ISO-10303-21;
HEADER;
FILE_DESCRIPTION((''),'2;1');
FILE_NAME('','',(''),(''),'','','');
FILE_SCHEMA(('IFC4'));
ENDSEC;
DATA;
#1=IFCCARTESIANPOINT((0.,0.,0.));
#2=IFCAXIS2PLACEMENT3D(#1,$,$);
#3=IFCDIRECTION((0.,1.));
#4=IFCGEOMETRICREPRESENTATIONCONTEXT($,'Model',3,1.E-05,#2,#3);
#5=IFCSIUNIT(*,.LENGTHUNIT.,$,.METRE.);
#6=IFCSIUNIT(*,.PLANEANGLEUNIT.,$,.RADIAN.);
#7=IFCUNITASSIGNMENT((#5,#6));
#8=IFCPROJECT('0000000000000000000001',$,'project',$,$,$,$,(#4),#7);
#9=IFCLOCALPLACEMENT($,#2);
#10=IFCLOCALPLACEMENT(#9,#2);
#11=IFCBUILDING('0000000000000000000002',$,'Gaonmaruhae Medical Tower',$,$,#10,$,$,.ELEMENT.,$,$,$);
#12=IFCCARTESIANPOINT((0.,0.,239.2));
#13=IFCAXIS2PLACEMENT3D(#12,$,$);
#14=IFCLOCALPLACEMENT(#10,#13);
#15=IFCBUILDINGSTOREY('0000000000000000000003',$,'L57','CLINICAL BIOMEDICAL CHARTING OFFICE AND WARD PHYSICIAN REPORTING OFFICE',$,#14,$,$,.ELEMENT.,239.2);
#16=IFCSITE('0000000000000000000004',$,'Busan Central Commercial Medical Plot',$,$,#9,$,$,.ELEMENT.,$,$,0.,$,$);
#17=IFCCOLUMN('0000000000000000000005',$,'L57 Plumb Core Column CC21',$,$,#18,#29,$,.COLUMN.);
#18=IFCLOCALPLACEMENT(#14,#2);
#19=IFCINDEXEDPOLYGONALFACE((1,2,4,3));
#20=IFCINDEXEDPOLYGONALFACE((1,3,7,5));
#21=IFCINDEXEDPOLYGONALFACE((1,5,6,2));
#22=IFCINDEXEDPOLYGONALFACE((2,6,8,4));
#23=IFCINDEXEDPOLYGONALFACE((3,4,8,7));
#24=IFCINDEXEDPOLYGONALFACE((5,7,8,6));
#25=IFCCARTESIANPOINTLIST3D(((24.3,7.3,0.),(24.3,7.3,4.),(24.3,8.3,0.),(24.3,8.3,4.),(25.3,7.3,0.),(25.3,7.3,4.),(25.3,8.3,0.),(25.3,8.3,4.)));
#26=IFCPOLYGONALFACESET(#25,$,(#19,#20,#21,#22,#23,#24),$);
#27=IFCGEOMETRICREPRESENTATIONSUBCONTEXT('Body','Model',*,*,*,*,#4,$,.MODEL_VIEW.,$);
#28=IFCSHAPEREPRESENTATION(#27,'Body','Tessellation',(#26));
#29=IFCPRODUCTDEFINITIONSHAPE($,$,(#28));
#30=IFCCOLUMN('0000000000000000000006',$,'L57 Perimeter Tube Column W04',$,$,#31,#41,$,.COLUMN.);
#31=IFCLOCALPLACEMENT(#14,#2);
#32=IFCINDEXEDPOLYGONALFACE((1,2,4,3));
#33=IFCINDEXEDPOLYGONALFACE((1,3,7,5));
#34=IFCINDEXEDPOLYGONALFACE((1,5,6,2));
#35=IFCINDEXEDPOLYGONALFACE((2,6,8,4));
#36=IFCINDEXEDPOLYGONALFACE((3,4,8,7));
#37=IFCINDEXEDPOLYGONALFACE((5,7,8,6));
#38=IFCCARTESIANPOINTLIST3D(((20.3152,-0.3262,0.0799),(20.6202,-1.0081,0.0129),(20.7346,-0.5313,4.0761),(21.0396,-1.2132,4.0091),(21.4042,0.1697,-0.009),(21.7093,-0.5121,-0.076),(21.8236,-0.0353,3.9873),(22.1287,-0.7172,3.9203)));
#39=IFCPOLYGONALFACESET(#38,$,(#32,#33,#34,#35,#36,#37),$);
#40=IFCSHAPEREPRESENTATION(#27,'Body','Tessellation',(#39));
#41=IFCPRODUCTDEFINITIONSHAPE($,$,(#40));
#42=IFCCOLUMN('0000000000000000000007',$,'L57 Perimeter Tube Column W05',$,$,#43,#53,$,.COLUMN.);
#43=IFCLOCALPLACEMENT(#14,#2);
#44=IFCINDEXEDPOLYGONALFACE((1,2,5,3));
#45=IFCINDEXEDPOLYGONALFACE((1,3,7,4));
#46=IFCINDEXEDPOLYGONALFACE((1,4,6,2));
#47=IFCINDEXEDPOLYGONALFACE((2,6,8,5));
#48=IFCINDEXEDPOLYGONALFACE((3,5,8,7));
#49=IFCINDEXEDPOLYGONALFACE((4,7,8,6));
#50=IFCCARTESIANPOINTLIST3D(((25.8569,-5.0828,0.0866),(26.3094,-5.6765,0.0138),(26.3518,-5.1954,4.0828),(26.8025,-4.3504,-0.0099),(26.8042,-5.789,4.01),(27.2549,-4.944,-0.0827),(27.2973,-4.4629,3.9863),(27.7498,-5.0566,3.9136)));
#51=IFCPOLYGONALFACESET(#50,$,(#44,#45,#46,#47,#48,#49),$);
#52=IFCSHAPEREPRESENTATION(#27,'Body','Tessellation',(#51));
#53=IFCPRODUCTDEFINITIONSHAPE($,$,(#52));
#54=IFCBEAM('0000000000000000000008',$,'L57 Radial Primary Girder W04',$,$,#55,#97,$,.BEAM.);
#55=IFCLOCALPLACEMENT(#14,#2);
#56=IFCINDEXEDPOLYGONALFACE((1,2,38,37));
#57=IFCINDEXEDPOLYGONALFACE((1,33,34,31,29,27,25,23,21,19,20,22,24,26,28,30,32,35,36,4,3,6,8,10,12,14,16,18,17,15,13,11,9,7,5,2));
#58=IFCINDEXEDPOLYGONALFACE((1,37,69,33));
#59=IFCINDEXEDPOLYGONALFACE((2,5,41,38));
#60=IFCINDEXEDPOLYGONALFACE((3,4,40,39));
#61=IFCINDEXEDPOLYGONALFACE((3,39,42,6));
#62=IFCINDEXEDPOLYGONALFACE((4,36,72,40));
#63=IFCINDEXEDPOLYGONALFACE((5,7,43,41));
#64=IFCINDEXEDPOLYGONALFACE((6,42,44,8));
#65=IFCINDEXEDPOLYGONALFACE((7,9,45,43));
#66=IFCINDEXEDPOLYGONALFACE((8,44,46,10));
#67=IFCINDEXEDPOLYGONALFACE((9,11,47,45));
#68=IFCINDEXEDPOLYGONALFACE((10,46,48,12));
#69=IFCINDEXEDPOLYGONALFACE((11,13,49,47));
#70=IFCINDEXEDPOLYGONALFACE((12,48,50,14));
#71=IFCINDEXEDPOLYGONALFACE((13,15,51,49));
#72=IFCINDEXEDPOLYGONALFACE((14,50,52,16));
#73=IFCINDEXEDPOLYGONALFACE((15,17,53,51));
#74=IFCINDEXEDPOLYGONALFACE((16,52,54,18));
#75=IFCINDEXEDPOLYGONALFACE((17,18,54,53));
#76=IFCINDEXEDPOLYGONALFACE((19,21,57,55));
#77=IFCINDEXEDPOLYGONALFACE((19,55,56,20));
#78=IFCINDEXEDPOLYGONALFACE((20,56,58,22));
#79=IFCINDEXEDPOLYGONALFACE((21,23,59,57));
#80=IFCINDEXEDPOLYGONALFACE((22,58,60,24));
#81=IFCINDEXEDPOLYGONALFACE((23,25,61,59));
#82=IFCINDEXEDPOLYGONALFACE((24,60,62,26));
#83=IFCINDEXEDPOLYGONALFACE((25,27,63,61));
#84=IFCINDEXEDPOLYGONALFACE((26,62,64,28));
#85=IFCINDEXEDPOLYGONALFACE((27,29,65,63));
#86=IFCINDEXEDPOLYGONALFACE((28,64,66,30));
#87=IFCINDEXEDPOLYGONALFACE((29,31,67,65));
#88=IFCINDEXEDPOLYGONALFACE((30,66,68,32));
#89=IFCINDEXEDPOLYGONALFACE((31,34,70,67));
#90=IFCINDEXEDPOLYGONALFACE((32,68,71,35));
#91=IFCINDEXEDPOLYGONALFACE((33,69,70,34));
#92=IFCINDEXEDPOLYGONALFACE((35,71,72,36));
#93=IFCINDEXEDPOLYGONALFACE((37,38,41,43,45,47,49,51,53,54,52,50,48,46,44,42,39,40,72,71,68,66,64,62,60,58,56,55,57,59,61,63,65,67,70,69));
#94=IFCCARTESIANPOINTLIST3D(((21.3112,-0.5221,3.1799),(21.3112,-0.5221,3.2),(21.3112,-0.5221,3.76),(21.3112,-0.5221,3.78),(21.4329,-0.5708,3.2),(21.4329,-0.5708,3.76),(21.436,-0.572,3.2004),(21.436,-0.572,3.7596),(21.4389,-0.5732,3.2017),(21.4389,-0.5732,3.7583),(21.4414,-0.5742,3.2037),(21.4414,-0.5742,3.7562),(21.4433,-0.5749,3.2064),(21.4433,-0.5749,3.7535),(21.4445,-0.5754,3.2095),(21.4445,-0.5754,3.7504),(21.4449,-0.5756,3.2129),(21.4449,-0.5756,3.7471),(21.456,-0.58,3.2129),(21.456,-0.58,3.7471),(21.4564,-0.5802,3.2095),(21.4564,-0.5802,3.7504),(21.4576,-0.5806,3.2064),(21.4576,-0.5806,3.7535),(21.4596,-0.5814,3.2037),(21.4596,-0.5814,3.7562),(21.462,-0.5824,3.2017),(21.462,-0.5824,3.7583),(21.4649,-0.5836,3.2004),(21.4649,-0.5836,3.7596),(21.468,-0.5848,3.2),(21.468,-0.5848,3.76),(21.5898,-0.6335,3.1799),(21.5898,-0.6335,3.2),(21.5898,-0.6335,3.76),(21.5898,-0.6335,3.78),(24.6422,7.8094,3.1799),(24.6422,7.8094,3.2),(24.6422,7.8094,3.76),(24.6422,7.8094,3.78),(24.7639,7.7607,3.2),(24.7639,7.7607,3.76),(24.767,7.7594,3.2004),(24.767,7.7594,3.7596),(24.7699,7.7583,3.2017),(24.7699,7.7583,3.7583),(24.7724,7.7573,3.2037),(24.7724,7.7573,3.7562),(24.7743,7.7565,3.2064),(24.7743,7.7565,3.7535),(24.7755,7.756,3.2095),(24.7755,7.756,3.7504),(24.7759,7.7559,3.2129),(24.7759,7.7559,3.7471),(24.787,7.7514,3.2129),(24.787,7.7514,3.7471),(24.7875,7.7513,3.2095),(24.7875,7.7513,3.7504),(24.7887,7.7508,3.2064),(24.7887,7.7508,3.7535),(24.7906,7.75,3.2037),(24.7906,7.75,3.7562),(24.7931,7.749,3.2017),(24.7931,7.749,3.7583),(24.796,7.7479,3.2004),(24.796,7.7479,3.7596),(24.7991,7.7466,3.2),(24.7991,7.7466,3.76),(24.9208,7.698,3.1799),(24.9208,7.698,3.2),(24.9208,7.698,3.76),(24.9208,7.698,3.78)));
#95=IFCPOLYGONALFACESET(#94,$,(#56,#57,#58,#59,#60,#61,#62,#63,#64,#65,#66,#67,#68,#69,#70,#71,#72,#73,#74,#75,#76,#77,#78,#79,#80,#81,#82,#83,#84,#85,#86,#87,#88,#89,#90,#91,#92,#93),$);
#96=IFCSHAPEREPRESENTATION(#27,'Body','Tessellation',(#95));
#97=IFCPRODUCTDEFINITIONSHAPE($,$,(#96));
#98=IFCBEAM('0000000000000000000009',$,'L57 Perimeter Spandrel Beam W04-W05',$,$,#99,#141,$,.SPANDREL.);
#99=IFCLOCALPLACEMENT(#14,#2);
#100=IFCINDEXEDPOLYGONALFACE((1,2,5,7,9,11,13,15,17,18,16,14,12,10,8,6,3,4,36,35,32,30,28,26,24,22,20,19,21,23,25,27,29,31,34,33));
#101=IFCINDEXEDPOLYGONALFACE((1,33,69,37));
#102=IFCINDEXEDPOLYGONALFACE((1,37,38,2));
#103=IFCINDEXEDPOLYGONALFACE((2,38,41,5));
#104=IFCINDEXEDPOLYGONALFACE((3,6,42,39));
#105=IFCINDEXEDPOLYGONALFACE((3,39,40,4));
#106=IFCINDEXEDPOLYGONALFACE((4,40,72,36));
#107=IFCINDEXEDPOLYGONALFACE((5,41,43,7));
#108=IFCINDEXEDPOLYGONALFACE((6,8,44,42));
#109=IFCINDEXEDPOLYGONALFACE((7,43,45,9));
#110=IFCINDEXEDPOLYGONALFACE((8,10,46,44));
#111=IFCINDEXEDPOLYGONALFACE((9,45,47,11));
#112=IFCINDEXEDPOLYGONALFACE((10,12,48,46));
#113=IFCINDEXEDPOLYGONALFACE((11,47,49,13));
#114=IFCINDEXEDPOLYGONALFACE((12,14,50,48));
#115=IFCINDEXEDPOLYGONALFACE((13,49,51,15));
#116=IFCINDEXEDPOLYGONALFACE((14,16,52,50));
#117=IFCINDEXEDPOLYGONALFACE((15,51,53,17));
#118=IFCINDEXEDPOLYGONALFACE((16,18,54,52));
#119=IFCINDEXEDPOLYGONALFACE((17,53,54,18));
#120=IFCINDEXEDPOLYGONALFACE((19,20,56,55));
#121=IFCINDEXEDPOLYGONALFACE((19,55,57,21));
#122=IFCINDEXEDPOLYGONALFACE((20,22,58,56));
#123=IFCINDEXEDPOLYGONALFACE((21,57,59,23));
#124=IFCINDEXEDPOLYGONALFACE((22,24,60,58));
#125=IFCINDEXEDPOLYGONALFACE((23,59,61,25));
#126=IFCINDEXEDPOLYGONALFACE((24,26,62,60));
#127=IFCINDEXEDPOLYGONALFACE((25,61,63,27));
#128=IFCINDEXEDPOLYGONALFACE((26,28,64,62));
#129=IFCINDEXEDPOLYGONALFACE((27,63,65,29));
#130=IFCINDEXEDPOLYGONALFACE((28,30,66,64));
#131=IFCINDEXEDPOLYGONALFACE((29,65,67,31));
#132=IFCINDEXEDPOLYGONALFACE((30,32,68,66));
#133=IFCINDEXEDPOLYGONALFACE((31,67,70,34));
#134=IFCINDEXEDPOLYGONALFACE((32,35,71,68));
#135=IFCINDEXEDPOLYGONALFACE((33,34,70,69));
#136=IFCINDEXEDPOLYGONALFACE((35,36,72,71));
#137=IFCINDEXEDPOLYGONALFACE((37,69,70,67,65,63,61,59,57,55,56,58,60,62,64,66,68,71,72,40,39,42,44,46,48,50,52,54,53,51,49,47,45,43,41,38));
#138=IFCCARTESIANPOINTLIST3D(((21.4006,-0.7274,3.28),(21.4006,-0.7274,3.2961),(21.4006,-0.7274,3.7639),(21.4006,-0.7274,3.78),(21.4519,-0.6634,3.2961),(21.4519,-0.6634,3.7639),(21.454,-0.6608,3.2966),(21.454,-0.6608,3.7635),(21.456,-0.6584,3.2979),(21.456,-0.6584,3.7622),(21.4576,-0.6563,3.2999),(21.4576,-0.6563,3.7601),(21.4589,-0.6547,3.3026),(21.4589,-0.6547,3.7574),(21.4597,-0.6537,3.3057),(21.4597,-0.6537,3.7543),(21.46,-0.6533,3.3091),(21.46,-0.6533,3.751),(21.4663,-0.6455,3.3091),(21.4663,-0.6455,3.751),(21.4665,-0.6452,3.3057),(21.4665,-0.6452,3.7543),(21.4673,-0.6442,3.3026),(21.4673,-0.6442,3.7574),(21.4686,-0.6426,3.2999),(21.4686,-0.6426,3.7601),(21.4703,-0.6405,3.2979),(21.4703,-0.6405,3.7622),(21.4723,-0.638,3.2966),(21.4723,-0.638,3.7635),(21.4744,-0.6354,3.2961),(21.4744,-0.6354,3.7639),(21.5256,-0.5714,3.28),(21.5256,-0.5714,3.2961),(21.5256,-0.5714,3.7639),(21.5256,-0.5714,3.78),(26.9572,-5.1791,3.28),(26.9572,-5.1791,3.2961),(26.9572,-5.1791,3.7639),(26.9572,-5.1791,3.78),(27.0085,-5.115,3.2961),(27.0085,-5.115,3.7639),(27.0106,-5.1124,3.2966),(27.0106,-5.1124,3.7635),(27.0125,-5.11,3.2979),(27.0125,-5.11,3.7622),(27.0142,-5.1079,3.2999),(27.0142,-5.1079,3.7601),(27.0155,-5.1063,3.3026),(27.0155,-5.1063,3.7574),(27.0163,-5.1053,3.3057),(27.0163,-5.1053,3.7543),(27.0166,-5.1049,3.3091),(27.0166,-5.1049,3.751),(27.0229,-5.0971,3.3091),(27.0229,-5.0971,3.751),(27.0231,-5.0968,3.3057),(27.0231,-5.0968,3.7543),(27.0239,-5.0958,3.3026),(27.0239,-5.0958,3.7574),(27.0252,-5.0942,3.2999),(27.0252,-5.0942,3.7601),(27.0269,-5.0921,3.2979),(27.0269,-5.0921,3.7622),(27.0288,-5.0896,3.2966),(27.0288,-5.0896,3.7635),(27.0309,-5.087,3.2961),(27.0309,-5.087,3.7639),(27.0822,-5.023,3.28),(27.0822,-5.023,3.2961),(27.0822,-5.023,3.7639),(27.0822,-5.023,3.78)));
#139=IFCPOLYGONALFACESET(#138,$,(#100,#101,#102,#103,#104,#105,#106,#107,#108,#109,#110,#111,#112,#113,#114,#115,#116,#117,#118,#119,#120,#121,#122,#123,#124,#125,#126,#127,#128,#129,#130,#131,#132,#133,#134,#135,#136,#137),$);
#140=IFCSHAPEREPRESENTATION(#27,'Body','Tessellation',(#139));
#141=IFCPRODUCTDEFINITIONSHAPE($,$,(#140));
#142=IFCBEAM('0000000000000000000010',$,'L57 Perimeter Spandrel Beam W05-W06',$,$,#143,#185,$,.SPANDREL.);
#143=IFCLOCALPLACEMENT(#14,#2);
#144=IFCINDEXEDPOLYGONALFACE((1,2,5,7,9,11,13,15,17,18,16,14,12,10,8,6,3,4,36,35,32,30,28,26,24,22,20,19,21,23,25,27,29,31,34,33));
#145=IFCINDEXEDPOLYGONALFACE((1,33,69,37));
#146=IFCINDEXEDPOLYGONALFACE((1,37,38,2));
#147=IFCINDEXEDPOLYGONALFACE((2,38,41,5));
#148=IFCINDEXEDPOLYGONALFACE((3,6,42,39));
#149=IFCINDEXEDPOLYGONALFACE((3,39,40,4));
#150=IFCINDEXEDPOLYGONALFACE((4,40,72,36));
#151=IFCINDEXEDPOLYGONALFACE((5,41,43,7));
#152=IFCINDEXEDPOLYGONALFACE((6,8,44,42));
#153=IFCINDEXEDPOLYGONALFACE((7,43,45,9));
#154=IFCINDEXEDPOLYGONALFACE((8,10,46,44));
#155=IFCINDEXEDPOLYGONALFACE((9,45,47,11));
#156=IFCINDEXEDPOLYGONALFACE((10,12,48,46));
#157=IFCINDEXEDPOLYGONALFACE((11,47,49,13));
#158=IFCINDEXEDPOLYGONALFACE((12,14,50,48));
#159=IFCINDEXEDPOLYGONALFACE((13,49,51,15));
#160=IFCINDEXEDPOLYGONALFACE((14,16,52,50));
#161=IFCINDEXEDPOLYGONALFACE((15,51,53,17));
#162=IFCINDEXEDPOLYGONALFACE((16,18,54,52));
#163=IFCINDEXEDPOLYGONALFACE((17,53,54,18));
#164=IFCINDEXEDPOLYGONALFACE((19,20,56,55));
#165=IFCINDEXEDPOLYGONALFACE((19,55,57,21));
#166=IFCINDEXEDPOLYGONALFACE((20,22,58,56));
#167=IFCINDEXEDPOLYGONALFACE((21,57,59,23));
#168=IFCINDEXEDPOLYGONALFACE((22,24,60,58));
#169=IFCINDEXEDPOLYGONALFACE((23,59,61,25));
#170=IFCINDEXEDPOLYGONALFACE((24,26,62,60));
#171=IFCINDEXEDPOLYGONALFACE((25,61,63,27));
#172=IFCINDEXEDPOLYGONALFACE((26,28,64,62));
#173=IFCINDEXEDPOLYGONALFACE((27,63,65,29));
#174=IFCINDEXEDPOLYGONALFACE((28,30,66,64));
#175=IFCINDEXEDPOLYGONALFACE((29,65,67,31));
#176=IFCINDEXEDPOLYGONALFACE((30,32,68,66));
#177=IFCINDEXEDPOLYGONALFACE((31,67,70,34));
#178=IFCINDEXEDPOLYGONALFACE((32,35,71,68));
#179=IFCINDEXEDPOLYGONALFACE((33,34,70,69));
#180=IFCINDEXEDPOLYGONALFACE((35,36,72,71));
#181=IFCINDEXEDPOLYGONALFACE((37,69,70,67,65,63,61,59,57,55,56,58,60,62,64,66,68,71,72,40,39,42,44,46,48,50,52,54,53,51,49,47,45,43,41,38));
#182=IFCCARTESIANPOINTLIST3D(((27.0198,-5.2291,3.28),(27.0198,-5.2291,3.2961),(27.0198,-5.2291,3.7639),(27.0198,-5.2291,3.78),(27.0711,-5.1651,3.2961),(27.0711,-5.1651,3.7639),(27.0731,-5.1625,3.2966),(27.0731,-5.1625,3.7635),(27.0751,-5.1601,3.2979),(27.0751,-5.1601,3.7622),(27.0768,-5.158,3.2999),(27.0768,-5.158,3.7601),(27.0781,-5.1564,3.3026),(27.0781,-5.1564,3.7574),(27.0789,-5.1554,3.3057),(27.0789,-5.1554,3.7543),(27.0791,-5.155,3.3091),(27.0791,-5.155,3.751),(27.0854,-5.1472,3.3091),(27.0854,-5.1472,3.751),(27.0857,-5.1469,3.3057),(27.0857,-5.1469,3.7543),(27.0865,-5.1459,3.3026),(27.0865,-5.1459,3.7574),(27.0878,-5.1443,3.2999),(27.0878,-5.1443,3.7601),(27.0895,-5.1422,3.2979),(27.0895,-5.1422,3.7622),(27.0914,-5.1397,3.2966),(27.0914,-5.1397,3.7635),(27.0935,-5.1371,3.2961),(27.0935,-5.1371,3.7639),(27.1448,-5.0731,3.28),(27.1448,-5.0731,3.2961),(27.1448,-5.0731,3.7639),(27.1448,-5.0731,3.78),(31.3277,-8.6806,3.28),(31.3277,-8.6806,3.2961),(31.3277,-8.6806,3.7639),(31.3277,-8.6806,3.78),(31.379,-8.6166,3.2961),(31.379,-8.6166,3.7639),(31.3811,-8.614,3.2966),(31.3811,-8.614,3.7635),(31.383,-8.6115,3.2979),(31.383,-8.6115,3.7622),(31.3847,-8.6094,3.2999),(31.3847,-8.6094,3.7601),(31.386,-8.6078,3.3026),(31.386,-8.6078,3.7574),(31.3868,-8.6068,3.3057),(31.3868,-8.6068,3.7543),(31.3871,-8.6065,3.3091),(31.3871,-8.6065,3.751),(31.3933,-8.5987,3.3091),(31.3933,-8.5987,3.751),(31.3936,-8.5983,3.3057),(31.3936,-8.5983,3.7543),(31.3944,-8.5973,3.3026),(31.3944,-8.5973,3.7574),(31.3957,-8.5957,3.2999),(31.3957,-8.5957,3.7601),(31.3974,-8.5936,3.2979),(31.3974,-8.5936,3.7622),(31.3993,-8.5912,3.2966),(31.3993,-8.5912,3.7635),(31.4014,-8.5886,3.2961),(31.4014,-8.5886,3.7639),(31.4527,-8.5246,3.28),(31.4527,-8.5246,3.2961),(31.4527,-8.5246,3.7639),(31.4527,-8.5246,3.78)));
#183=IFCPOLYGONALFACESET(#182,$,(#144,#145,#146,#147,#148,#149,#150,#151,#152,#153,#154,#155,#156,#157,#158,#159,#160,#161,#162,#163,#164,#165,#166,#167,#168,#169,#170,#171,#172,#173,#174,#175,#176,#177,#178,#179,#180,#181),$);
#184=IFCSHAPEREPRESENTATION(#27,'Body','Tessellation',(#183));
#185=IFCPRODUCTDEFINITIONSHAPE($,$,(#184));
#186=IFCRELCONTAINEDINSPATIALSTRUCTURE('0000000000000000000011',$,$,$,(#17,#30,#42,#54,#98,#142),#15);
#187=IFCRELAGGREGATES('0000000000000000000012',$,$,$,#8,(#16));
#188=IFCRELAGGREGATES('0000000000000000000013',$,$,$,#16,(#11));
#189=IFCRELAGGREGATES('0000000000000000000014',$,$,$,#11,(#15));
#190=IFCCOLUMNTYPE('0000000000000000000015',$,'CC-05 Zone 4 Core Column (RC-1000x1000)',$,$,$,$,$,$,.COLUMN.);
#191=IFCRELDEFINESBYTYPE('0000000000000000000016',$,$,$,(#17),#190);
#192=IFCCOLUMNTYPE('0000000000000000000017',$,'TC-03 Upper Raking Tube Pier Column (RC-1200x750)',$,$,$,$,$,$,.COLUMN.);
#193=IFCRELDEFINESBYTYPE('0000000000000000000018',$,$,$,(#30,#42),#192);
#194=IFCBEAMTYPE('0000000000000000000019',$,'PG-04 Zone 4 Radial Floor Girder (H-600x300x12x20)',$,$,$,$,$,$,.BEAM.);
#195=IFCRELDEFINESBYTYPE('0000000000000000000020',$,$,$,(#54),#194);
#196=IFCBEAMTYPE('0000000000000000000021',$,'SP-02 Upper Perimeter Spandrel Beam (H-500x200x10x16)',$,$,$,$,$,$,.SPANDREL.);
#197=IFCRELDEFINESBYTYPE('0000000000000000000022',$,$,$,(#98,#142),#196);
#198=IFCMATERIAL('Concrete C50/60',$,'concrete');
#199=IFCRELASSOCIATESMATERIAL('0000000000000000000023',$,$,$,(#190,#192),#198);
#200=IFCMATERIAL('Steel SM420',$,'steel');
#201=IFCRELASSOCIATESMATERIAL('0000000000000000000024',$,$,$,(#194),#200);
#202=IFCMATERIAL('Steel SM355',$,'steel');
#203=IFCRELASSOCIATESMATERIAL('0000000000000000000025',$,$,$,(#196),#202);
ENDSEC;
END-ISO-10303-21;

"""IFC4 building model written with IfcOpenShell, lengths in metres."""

from ifc_helpers import new_model, si_unit, direction, frame, origin, origin_2d, place, context, subcontext, project, spatial, rectangle, i_section, extrude, material, material_profile, profile_set, type_object, element, save


model = new_model("IFC4")

# Units and contexts
model_context = context("Model", 3, precision=1e-05, world=origin(), true_north=direction((0.0, 1.0)))
body_context = subcontext(model_context, "Body", "Model", "MODEL_VIEW")
ifc_project = project(units=[si_unit("LENGTHUNIT", "METRE"), si_unit("PLANEANGLEUNIT", "RADIAN")], contexts=[model_context])

# Site, building, storey
site_placement = place(None, origin())
site = spatial("IfcSite", under=ifc_project, at=site_placement, Name="Busan Central Commercial Medical Plot", CompositionType="ELEMENT", RefElevation=0.0)
building_placement = place(site_placement, origin())
building = spatial("IfcBuilding", under=site, at=building_placement, Name="Gaonmaruhae Medical Tower", CompositionType="ELEMENT")
storey_placement = place(building_placement, frame((0.0, 0.0, 239.2)))
storey = spatial("IfcBuildingStorey", under=building, at=storey_placement, Name="L57", Description="CLINICAL BIOMEDICAL CHARTING OFFICE AND WARD PHYSICIAN REPORTING OFFICE", CompositionType="ELEMENT", Elevation=239.2)

# Columns
ifc_material_1 = material(Name="Concrete C50/60", Category="concrete")
ifc_material_profile_1 = material_profile(ifc_material_1, rectangle(XDim=1.0, YDim=1.0, at=origin_2d()), Name="RC-1000x1000")
ifc_profile_set_1 = profile_set([ifc_material_profile_1], Name="Concrete C50/60")
column_type_1 = type_object("IfcColumnType", Name="CC-05 Zone 4 Core Column (RC-1000x1000)", PredefinedType="COLUMN", material=ifc_profile_set_1)
column_1_placement = place(storey_placement, frame((24.8, 7.8, 0.0), z_axis=(0.0, 0.0, 1.0), x_axis=(1.0, 0.0, 0.0)))
element("IfcColumn", 1, at=column_1_placement, inside=storey, type_object=column_type_1, Name="L57 Plumb Core Column CC21", PredefinedType="COLUMN", context=body_context, shape_type="SweptSolid", body=[
    extrude(rectangle(XDim=1.0, YDim=1.0, at=origin_2d()), origin(), (0.0, 0.0, 1.0), 4.0),
])
ifc_material_profile_2 = material_profile(ifc_material_1, rectangle(XDim=1.2, YDim=0.75, at=origin_2d()), Name="RC-1200x750")
ifc_profile_set_2 = profile_set([ifc_material_profile_2], Name="Concrete C50/60")
column_type_2 = type_object("IfcColumnType", Name="TC-03 Upper Raking Tube Pier Column (RC-1200x750)", PredefinedType="COLUMN", material=ifc_profile_set_2)
column_2_placement = place(storey_placement, frame((21.0122, -0.4192, 0.002), z_axis=(0.104245, -0.05097, 0.993245), x_axis=(-0.907573, -0.413314, 0.074044)))
element("IfcColumn", 2, at=column_2_placement, inside=storey, type_object=column_type_2, Name="L57 Perimeter Tube Column W04", PredefinedType="COLUMN", context=body_context, shape_type="SweptSolid", body=[
    extrude(rectangle(XDim=1.2, YDim=0.75, at=origin_2d()), origin(), (0.0, 0.0, 1.0), 4.0234),
])
column_3_placement = place(storey_placement, frame((26.5559, -5.0134, 0.002), z_axis=(0.122845, -0.027939, 0.992033), x_axis=(-0.788001, -0.610404, 0.080389)))
element("IfcColumn", 3, at=column_3_placement, inside=storey, type_object=column_type_2, Name="L57 Perimeter Tube Column W05", PredefinedType="COLUMN", context=body_context, shape_type="SweptSolid", body=[
    extrude(rectangle(XDim=1.2, YDim=0.75, at=origin_2d()), origin(), (0.0, 0.0, 1.0), 4.0283),
])

# Beams
ifc_material_2 = material(Name="Steel SM420", Category="steel")
ifc_material_profile_3 = material_profile(ifc_material_2, i_section(OverallWidth=0.3, OverallDepth=0.6001, WebThickness=0.012, FlangeThickness=0.02, FilletRadius=0.0129, at=origin_2d()), Name="H-600x300x12x20")
ifc_profile_set_3 = profile_set([ifc_material_profile_3], Name="Steel SM420")
beam_type_1 = type_object("IfcBeamType", Name="PG-04 Zone 4 Radial Floor Girder (H-600x300x12x20)", PredefinedType="BEAM", material=ifc_profile_set_3)
beam_1_placement = place(storey_placement, frame((24.7815, 7.7537, 3.48), z_axis=(-0.371241, -0.928537, 0.0), x_axis=(0.928537, -0.371241, 0.0)))
element("IfcBeam", 4, at=beam_1_placement, inside=storey, type_object=beam_type_1, Name="L57 Radial Primary Girder W04", PredefinedType="BEAM", context=body_context, shape_type="SweptSolid", body=[
    extrude(i_section(OverallWidth=0.3, OverallDepth=0.6001, WebThickness=0.012, FlangeThickness=0.02, FilletRadius=0.0129, at=origin_2d()), origin(), (0.0, 0.0, 1.0), 8.9727),
])
ifc_material_3 = material(Name="Steel SM355", Category="steel")
ifc_material_profile_4 = material_profile(ifc_material_3, i_section(OverallWidth=0.2, OverallDepth=0.5, WebThickness=0.01, FlangeThickness=0.0161, FilletRadius=0.0129, at=origin_2d()), Name="H-500x200x10x16")
ifc_profile_set_4 = profile_set([ifc_material_profile_4], Name="Steel SM355")
beam_type_2 = type_object("IfcBeamType", Name="SP-02 Upper Perimeter Spandrel Beam (H-500x200x10x16)", PredefinedType="SPANDREL", material=ifc_profile_set_4)
beam_2_placement = place(storey_placement, frame((21.4631, -0.6494, 3.53), z_axis=(0.780434, -0.625239, 0.0), x_axis=(0.625239, 0.780434, 0.0)))
element("IfcBeam", 5, at=beam_2_placement, inside=storey, type_object=beam_type_2, Name="L57 Perimeter Spandrel Beam W04-W05", PredefinedType="SPANDREL", context=body_context, shape_type="SweptSolid", body=[
    extrude(i_section(OverallWidth=0.2, OverallDepth=0.5, WebThickness=0.01, FlangeThickness=0.0161, FilletRadius=0.0129, at=origin_2d()), origin(), (0.0, 0.0, 1.0), 7.1199),
])
beam_3_placement = place(storey_placement, frame((27.0823, -5.1511, 3.53), z_axis=(0.780416, -0.625261, 0.0), x_axis=(0.625261, 0.780416, 0.0)))
element("IfcBeam", 6, at=beam_3_placement, inside=storey, type_object=beam_type_2, Name="L57 Perimeter Spandrel Beam W05-W06", PredefinedType="SPANDREL", context=body_context, shape_type="SweptSolid", body=[
    extrude(i_section(OverallWidth=0.2, OverallDepth=0.5, WebThickness=0.01, FlangeThickness=0.0161, FilletRadius=0.0129, at=origin_2d()), origin(), (0.0, 0.0, 1.0), 5.52),
])

save(model, "model.ifc")
